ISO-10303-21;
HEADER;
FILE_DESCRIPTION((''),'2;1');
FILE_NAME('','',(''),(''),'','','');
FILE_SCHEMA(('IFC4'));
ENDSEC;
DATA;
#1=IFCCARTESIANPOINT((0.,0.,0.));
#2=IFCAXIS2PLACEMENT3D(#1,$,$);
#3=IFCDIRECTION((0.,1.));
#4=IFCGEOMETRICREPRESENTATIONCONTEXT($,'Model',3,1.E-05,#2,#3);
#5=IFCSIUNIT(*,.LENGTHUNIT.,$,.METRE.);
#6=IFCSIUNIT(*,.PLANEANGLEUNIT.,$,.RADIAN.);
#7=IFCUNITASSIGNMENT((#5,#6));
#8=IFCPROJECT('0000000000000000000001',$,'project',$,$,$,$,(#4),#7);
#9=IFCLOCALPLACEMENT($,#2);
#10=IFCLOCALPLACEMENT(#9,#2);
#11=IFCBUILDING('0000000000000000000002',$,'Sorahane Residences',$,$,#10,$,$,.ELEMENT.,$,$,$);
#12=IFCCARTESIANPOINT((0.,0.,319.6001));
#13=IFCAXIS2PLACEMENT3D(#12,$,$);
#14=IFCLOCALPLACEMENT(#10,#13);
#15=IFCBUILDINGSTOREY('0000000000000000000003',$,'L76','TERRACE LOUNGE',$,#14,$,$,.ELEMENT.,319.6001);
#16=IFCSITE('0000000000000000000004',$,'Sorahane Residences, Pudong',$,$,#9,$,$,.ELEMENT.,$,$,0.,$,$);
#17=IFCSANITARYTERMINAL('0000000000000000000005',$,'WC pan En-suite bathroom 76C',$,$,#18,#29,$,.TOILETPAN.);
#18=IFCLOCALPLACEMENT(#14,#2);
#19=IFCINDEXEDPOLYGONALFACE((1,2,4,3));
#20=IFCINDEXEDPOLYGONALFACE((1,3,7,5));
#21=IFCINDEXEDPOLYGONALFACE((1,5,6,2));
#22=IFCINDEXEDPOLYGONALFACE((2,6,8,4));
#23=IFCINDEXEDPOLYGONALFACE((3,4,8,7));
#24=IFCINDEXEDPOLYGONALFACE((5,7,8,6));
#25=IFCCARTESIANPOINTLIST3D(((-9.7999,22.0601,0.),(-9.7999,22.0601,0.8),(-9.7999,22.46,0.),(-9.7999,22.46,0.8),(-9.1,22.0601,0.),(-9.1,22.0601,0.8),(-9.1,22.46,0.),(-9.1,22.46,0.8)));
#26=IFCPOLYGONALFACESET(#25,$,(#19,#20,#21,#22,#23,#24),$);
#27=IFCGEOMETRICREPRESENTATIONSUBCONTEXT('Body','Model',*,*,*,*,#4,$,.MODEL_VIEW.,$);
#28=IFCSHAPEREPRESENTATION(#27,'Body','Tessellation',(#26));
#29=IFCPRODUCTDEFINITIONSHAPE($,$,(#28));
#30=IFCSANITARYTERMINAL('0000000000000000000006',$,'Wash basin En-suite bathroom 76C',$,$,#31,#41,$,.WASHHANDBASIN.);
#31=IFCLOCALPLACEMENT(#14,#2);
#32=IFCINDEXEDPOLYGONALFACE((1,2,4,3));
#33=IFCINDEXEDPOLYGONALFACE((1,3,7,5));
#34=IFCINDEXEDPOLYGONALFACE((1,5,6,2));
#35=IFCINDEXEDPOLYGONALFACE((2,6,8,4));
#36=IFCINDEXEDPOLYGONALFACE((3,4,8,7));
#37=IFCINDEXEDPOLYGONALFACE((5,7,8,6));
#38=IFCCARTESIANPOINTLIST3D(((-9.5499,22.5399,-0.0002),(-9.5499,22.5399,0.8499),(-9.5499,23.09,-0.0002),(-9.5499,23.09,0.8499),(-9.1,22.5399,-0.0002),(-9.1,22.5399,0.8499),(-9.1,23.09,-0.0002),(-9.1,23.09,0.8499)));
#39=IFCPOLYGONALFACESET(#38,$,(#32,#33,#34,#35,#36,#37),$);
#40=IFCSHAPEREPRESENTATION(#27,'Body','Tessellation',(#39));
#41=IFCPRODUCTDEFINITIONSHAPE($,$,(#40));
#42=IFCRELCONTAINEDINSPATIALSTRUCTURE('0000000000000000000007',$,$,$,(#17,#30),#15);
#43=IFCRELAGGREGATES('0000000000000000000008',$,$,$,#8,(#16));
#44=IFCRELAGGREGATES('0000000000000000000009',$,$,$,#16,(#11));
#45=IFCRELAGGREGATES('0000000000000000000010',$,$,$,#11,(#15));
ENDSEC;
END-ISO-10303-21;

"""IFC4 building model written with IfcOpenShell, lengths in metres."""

from ifc_helpers import new_model, si_unit, direction, frame, origin, origin_2d, place, context, subcontext, project, spatial, rectangle, extrude, element, save


model = new_model("IFC4")

# Units and contexts
model_context = context("Model", 3, precision=1e-05, world=origin(), true_north=direction((0.0, 1.0)))
body_context = subcontext(model_context, "Body", "Model", "MODEL_VIEW")
ifc_project = project(units=[si_unit("LENGTHUNIT", "METRE"), si_unit("PLANEANGLEUNIT", "RADIAN")], contexts=[model_context])

# Site, building, storey
site_placement = place(None, origin())
site = spatial("IfcSite", under=ifc_project, at=site_placement, Name="Sorahane Residences, Pudong", CompositionType="ELEMENT", RefElevation=0.0)
building_placement = place(site_placement, origin())
building = spatial("IfcBuilding", under=site, at=building_placement, Name="Sorahane Residences", CompositionType="ELEMENT")
storey_placement = place(building_placement, frame((0.0, 0.0, 319.6001)))
storey = spatial("IfcBuildingStorey", under=building, at=storey_placement, Name="L76", Description="TERRACE LOUNGE", CompositionType="ELEMENT", Elevation=319.6001)

# Sanitary terminals
sanitary_terminal_1_placement = place(storey_placement, frame((-9.45, 22.26, 0.0), z_axis=(0.0, 0.0, 1.0), x_axis=(0.0, -1.0, 0.0)))
element("IfcSanitaryTerminal", 1, at=sanitary_terminal_1_placement, inside=storey, Name="WC pan En-suite bathroom 76C", PredefinedType="TOILETPAN", context=body_context, shape_type="SweptSolid", body=[
    extrude(rectangle(XDim=0.3999, YDim=0.7, at=origin_2d()), origin(), (0.0, 0.0, 1.0), 0.8),
])
sanitary_terminal_2_placement = place(storey_placement, frame((-9.325, 22.8149, -0.0002), z_axis=(0.0, 0.0, 1.0), x_axis=(0.0, -1.0, 0.0)))
element("IfcSanitaryTerminal", 2, at=sanitary_terminal_2_placement, inside=storey, Name="Wash basin En-suite bathroom 76C", PredefinedType="WASHHANDBASIN", context=body_context, shape_type="SweptSolid", body=[
    extrude(rectangle(XDim=0.55, YDim=0.45, at=origin_2d()), origin(), (0.0, 0.0, 1.0), 0.8501),
])

save(model, "model.ifc")
